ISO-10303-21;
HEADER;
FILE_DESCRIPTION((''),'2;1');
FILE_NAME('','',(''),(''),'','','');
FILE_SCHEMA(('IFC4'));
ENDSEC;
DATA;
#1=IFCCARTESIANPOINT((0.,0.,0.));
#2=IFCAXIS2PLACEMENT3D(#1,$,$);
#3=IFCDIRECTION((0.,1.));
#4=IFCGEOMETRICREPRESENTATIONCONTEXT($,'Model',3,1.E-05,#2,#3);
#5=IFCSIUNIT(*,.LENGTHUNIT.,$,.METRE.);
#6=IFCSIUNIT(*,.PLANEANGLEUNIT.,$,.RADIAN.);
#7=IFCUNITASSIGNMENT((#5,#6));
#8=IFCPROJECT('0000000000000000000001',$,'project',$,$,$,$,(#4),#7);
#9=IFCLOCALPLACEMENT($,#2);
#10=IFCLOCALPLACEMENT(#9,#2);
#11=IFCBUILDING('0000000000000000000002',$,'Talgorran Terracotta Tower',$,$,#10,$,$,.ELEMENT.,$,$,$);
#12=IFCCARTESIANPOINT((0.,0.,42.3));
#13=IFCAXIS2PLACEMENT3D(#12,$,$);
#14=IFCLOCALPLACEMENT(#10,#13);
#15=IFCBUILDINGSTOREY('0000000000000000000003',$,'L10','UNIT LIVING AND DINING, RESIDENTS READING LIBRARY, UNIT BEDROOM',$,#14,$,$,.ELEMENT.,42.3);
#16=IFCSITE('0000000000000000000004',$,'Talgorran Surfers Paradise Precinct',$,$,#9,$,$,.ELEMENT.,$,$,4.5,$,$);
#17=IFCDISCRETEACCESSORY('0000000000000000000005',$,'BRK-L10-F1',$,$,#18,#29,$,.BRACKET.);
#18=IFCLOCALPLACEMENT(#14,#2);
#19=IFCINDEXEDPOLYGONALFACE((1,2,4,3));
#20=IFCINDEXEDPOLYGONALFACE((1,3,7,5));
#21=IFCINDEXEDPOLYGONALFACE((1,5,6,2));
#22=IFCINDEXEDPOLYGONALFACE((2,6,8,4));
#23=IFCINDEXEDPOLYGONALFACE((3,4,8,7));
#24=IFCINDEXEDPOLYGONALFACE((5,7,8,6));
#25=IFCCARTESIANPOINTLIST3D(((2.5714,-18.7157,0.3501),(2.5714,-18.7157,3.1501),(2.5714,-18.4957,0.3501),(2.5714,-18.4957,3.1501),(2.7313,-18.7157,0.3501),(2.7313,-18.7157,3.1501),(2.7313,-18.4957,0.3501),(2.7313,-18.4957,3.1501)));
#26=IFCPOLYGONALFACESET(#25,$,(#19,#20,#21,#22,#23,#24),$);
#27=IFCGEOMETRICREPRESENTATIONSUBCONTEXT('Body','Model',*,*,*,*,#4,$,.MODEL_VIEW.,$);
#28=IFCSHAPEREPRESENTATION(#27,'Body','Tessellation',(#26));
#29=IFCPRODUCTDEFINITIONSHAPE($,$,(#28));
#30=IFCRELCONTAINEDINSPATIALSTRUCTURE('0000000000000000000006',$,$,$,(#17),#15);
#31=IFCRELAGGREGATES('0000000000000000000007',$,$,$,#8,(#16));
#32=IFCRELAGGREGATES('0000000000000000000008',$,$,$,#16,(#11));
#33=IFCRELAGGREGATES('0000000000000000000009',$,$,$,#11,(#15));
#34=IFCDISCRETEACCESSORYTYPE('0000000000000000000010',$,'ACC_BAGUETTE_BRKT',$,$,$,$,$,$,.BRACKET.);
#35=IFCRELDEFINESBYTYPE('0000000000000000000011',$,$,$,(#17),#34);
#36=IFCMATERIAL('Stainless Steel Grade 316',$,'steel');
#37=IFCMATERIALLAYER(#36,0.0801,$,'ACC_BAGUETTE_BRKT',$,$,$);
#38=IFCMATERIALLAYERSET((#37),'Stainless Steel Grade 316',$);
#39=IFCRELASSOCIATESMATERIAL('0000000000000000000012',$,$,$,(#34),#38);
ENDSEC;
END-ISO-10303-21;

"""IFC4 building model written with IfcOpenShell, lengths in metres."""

from ifc_helpers import new_model, si_unit, direction, frame, origin, origin_2d, place, context, subcontext, project, spatial, rectangle, extrude, source, transform, mapped, material, layer, layer_set, type_object, type_shapes, element, save


model = new_model("IFC4")

# Units and contexts
model_context = context("Model", 3, precision=1e-05, world=origin(), true_north=direction((0.0, 1.0)))
body_context = subcontext(model_context, "Body", "Model", "MODEL_VIEW")
ifc_project = project(units=[si_unit("LENGTHUNIT", "METRE"), si_unit("PLANEANGLEUNIT", "RADIAN")], contexts=[model_context])

# Site, building, storey
site_placement = place(None, origin())
site = spatial("IfcSite", under=ifc_project, at=site_placement, Name="Talgorran Surfers Paradise Precinct", CompositionType="ELEMENT", RefElevation=4.5)
building_placement = place(site_placement, origin())
building = spatial("IfcBuilding", under=site, at=building_placement, Name="Talgorran Terracotta Tower", CompositionType="ELEMENT")
storey_placement = place(building_placement, frame((0.0, 0.0, 42.3)))
storey = spatial("IfcBuildingStorey", under=building, at=storey_placement, Name="L10", Description="UNIT LIVING AND DINING, RESIDENTS READING LIBRARY, UNIT BEDROOM", CompositionType="ELEMENT", Elevation=42.3)

# Discrete accessory
ifc_material_1 = material(Name="Stainless Steel Grade 316", Category="steel")
ifc_layer_1 = layer(ifc_material_1, 0.0801, Name="ACC_BAGUETTE_BRKT")
ifc_layer_set_1 = layer_set([ifc_layer_1], Name="Stainless Steel Grade 316")
discrete_accessory_type = type_object("IfcDiscreteAccessoryType", Name="ACC_BAGUETTE_BRKT", PredefinedType="BRACKET", material=ifc_layer_set_1)
shared_shape_1 = source(origin(), body_context, "Body", "SweptSolid", [
    extrude(rectangle(XDim=0.1599, YDim=0.22, at=origin_2d()), origin(), (0.0, 0.0, 1.0), 2.8),
])
type_shapes(discrete_accessory_type, [shared_shape_1])
discrete_accessory_placement = place(storey_placement, frame((2.6514, -18.6057, 0.3501), z_axis=(0.0, 0.0, 1.0), x_axis=(1.0, 0.0, 0.0)))
element("IfcDiscreteAccessory", 1, at=discrete_accessory_placement, inside=storey, type_object=discrete_accessory_type, Name="BRK-L10-F1", PredefinedType="BRACKET", context=body_context, shape_type="MappedRepresentation", body=[
    mapped(shared_shape_1, transform((0.0, 0.0, 0.0), scale=1.0)),
])

save(model, "model.ifc")
